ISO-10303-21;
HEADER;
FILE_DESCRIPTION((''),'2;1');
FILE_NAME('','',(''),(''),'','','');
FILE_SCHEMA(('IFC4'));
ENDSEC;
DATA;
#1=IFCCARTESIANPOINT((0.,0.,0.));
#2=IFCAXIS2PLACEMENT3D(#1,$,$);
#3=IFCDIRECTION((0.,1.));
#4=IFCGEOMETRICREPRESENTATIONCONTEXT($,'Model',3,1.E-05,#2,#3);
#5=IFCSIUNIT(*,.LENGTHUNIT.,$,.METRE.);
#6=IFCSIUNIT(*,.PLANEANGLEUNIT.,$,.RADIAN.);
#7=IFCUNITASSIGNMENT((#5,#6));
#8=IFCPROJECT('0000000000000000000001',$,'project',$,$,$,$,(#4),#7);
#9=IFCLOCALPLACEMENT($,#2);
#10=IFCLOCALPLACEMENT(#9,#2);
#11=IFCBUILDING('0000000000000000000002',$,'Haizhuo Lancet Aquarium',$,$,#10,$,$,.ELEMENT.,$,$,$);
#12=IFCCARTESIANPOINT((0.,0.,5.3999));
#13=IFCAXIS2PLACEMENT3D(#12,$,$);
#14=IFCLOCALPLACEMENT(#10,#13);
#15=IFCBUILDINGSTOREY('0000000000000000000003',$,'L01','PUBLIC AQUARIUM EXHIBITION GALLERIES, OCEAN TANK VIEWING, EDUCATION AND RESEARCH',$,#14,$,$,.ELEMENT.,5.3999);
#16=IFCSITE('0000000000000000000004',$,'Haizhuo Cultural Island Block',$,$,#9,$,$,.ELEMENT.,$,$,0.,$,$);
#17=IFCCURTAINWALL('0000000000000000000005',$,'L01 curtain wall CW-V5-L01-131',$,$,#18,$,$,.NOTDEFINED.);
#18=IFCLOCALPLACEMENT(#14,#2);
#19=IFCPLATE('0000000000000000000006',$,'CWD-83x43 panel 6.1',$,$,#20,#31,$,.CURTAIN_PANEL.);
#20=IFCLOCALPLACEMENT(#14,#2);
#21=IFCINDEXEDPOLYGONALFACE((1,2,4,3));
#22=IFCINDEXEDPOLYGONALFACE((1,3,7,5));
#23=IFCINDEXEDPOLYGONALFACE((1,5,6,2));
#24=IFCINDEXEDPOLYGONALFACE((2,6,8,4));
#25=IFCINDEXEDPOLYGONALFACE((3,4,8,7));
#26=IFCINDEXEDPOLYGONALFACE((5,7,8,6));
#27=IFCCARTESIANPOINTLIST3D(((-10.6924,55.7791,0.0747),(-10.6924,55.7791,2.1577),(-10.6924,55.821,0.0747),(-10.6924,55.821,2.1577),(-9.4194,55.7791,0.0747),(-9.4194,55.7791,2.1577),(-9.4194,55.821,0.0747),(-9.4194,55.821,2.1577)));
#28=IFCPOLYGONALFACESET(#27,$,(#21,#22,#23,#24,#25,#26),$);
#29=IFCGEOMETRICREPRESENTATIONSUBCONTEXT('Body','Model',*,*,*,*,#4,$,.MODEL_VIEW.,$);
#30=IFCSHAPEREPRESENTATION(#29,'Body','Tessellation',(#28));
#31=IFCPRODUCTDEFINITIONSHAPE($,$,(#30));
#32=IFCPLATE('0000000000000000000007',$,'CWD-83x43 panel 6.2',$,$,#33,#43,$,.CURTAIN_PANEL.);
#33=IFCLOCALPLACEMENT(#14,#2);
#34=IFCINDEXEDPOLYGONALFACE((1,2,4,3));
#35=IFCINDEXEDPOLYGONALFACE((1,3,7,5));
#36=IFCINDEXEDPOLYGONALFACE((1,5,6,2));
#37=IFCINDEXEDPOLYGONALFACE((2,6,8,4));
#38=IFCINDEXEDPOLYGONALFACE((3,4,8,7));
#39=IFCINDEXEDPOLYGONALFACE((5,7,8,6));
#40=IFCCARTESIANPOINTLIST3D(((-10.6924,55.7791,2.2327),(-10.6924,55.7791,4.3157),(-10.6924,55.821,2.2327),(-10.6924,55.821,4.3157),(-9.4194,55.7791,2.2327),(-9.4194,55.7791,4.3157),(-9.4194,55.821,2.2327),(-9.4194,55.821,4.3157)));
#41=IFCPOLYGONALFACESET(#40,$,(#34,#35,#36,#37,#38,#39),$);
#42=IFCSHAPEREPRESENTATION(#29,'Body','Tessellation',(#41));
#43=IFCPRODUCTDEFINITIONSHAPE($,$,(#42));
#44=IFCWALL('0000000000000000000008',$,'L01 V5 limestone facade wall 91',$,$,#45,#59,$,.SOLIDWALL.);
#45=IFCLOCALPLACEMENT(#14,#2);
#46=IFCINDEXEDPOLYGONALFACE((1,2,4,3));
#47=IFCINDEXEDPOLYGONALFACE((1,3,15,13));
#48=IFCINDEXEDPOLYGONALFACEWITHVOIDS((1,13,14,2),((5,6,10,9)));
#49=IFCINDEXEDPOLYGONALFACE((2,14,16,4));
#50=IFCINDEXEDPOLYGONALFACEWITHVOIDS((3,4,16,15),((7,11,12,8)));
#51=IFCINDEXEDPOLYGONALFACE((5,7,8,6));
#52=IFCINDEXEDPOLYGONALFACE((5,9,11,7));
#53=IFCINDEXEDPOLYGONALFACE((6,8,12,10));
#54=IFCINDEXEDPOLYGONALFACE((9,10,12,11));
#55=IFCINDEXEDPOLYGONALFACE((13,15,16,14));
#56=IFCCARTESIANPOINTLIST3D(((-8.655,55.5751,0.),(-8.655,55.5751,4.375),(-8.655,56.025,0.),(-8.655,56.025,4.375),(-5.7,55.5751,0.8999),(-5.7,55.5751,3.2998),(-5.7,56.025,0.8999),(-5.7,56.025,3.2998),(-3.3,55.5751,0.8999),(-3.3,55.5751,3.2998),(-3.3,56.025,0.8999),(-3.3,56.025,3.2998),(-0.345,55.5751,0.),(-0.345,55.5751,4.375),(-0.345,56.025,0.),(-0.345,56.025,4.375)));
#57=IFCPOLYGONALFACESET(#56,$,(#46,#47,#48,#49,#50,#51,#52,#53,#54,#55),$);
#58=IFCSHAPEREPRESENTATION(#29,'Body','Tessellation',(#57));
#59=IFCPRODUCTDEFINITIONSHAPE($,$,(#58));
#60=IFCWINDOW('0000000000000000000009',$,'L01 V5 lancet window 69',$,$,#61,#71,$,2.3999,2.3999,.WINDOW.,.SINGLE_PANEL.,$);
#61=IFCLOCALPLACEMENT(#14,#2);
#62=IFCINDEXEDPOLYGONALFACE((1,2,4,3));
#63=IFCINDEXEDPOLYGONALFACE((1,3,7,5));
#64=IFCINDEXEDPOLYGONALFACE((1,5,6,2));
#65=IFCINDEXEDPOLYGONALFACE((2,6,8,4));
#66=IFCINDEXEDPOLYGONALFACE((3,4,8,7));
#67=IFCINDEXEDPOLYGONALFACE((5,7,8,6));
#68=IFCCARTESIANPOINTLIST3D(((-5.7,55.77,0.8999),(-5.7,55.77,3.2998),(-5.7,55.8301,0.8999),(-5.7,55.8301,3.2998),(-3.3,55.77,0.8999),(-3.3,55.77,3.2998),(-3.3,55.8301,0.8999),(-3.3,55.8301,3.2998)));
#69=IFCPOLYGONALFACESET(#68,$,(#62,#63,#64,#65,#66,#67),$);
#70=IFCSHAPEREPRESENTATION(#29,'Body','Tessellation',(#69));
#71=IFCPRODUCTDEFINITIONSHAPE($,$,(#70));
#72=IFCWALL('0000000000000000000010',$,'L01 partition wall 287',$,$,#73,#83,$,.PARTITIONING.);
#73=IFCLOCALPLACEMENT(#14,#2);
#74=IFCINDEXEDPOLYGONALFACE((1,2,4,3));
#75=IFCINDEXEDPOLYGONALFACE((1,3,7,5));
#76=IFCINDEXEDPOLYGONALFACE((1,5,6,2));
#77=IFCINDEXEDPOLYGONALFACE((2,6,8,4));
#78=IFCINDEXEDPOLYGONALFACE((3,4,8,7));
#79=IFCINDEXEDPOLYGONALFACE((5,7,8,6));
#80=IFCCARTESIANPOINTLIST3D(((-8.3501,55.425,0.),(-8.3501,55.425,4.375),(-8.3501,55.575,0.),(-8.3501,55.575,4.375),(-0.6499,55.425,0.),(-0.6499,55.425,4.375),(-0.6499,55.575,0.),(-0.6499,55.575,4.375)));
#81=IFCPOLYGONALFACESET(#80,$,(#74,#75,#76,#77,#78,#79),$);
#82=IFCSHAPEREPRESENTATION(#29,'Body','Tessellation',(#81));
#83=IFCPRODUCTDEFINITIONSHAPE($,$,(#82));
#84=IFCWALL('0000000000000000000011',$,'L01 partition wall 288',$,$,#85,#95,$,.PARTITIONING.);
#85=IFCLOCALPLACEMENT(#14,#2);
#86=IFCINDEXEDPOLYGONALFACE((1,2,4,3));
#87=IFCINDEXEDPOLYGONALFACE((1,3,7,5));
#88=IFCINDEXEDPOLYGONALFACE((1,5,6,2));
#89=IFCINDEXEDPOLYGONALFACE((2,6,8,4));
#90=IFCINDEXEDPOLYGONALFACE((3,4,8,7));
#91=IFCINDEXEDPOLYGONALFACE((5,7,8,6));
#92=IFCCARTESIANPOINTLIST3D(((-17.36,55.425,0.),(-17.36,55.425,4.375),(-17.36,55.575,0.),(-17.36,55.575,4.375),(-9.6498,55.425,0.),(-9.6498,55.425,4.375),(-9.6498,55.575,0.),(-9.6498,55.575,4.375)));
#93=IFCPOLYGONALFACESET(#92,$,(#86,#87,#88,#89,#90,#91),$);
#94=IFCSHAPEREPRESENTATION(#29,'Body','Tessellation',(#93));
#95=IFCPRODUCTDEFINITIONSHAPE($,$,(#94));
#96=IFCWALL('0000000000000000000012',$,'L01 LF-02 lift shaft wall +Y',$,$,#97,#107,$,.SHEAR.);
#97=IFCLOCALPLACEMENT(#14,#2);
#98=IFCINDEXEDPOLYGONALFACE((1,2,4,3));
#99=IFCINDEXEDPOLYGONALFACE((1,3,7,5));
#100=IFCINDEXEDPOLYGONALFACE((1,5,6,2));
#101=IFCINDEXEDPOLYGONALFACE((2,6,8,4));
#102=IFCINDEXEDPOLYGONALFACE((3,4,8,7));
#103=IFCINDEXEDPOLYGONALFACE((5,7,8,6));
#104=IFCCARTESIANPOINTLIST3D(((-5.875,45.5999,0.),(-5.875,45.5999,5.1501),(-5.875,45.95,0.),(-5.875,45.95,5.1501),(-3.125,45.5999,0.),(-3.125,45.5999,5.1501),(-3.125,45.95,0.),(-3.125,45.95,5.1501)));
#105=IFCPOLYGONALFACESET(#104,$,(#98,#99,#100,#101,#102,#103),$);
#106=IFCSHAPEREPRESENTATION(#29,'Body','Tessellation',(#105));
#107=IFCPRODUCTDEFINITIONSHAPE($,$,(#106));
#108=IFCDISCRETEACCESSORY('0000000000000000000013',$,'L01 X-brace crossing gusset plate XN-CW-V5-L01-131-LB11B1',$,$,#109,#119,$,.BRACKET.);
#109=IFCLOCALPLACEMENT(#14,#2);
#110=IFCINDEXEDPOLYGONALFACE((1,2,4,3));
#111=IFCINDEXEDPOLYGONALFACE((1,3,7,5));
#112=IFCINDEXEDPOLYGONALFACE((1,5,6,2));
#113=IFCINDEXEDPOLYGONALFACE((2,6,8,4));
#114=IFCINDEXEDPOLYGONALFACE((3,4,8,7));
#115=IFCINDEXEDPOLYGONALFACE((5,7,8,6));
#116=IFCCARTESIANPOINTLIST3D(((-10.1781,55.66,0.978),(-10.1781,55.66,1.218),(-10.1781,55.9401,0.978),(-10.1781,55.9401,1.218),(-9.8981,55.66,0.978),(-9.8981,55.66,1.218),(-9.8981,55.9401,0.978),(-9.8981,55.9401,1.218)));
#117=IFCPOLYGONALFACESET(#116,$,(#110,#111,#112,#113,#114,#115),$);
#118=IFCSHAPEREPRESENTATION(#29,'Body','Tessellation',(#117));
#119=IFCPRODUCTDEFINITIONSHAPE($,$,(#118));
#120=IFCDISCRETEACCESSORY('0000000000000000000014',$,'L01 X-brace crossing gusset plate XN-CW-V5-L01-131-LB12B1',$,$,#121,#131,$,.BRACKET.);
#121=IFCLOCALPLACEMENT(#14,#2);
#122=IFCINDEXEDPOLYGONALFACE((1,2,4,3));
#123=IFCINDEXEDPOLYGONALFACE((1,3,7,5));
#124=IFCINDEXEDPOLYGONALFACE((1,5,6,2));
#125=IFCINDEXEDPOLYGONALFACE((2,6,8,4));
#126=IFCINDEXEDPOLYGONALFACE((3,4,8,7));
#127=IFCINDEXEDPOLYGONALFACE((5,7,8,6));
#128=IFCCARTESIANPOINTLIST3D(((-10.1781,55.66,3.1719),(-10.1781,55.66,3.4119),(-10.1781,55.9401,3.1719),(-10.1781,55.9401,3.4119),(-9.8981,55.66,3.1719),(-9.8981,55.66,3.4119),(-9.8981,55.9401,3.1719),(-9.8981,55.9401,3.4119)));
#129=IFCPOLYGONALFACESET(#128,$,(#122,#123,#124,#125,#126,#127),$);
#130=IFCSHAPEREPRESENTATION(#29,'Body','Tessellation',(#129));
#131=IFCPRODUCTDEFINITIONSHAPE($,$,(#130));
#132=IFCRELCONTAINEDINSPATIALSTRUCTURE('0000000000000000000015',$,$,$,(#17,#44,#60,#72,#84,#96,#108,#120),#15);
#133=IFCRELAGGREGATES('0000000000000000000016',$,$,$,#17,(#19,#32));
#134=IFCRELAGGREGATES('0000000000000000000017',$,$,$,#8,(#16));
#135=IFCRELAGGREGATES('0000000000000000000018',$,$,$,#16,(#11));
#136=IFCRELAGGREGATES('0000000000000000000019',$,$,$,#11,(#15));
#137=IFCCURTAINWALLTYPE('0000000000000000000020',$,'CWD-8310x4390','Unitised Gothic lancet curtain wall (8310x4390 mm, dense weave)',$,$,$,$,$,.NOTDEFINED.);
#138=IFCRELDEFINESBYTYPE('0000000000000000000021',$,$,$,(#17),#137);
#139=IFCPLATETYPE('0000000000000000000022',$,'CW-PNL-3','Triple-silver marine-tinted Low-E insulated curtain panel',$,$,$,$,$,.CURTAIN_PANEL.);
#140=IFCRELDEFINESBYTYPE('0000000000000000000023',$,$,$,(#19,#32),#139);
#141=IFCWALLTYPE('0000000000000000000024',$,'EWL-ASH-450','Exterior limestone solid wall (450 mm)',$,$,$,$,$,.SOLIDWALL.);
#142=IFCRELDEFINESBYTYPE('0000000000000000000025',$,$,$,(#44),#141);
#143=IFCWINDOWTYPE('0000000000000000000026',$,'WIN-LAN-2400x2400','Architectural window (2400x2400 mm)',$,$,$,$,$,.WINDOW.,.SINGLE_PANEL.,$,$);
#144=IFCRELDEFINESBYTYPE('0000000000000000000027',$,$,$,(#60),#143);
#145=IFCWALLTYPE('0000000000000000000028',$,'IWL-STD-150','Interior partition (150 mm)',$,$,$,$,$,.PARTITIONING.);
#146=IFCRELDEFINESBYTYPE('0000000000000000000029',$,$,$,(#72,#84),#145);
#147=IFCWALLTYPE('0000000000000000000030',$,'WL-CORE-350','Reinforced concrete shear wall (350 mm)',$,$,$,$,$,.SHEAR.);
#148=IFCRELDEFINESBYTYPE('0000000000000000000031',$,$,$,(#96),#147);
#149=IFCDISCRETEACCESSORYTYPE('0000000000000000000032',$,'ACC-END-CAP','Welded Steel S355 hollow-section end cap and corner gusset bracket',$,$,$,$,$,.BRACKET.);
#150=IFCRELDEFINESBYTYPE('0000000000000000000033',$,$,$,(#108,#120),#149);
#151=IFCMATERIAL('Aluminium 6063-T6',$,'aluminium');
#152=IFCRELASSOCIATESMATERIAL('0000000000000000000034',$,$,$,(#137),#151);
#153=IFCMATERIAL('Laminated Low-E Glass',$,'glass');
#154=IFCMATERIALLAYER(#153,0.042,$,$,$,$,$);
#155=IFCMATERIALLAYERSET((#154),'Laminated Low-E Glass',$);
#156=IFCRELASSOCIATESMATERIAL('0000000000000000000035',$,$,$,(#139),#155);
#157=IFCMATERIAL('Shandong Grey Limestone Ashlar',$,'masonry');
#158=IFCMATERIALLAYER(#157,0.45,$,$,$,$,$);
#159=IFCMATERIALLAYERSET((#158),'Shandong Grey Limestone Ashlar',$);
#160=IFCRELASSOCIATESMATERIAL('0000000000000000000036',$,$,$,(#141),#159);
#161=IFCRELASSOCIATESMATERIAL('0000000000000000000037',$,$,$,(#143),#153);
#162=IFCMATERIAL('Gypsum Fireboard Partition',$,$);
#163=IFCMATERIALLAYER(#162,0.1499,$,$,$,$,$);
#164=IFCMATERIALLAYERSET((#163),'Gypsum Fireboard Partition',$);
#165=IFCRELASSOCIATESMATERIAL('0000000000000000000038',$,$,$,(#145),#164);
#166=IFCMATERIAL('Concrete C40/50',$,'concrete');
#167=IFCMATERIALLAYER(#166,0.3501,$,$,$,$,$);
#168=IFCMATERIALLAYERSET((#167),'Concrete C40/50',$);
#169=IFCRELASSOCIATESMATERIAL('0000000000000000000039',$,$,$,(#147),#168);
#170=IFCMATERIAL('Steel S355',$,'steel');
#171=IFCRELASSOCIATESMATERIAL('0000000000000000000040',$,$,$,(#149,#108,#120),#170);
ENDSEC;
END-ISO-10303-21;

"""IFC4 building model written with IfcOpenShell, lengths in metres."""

from ifc_helpers import new_model, si_unit, direction, frame, frame_2d, origin, origin_2d, place, context, subcontext, project, spatial, rectangle, extrude, material, layer, layer_set, type_object, element, fill, aggregate, save


model = new_model("IFC4")

# Units and contexts
model_context = context("Model", 3, precision=1e-05, world=origin(), true_north=direction((0.0, 1.0)))
body_context = subcontext(model_context, "Body", "Model", "MODEL_VIEW")
ifc_project = project(units=[si_unit("LENGTHUNIT", "METRE"), si_unit("PLANEANGLEUNIT", "RADIAN")], contexts=[model_context])

# Site, building, storey
site_placement = place(None, origin())
site = spatial("IfcSite", under=ifc_project, at=site_placement, Name="Haizhuo Cultural Island Block", CompositionType="ELEMENT", RefElevation=0.0)
building_placement = place(site_placement, origin())
building = spatial("IfcBuilding", under=site, at=building_placement, Name="Haizhuo Lancet Aquarium", CompositionType="ELEMENT")
storey_placement = place(building_placement, frame((0.0, 0.0, 5.3999)))
storey = spatial("IfcBuildingStorey", under=building, at=storey_placement, Name="L01", Description="PUBLIC AQUARIUM EXHIBITION GALLERIES, OCEAN TANK VIEWING, EDUCATION AND RESEARCH", CompositionType="ELEMENT", Elevation=5.3999)

# Shared definitions
ifc_material_1 = material(Name="Concrete C40/50", Category="concrete")

# Curtain wall
ifc_material_2 = material(Name="Aluminium 6063-T6", Category="aluminium")
curtain_wall_type = type_object("IfcCurtainWallType", Name="CWD-8310x4390", Description="Unitised Gothic lancet curtain wall (8310x4390 mm, dense weave)", PredefinedType="NOTDEFINED", material=ifc_material_2)
curtain_wall_placement = place(storey_placement, origin())
curtain_wall = element("IfcCurtainWall", 1, at=curtain_wall_placement, inside=storey, type_object=curtain_wall_type, Name="L01 curtain wall CW-V5-L01-131", PredefinedType="NOTDEFINED")

# Shared definitions
ifc_material_3 = material(Name="Steel S355", Category="steel")

# Plates
ifc_material_4 = material(Name="Laminated Low-E Glass", Category="glass")
ifc_layer_1 = layer(ifc_material_4, 0.042)
ifc_layer_set_1 = layer_set([ifc_layer_1], Name="Laminated Low-E Glass")
plate_type = type_object("IfcPlateType", Name="CW-PNL-3", Description="Triple-silver marine-tinted Low-E insulated curtain panel", PredefinedType="CURTAIN_PANEL", material=ifc_layer_set_1)
plate_1_placement = place(storey_placement, frame((-10.0559, 55.8, 0.0747), z_axis=(0.0, 0.0, 1.0), x_axis=(1.0, 0.0, 0.0)))
plate_1 = element("IfcPlate", 2, at=plate_1_placement, type_object=plate_type, Name="CWD-83x43 panel 6.1", PredefinedType="CURTAIN_PANEL", context=body_context, shape_type="SweptSolid", body=[
    extrude(rectangle(XDim=1.2729, YDim=0.042, at=origin_2d()), origin(), (0.0, 0.0, 1.0), 2.083),
])
plate_2_placement = place(storey_placement, frame((-10.0559, 55.8, 2.2327), z_axis=(0.0, 0.0, 1.0), x_axis=(1.0, 0.0, 0.0)))
plate_2 = element("IfcPlate", 3, at=plate_2_placement, type_object=plate_type, Name="CWD-83x43 panel 6.2", PredefinedType="CURTAIN_PANEL", context=body_context, shape_type="SweptSolid", body=[
    extrude(rectangle(XDim=1.2729, YDim=0.042, at=origin_2d()), origin(), (0.0, 0.0, 1.0), 2.083),
])
aggregate(curtain_wall, [plate_1, plate_2])

# Wall, opening, window
ifc_material_5 = material(Name="Shandong Grey Limestone Ashlar", Category="masonry")
ifc_layer_2 = layer(ifc_material_5, 0.45)
ifc_layer_set_2 = layer_set([ifc_layer_2], Name="Shandong Grey Limestone Ashlar")
wall_type_1 = type_object("IfcWallType", Name="EWL-ASH-450", Description="Exterior limestone solid wall (450 mm)", PredefinedType="SOLIDWALL", material=ifc_layer_set_2)
wall_1_placement = place(storey_placement, frame((-8.655, 55.8, 0.0), z_axis=(0.0, 0.0, 1.0), x_axis=(1.0, 0.0, 0.0)))
wall_1 = element("IfcWall", 4, at=wall_1_placement, inside=storey, type_object=wall_type_1, Name="L01 V5 limestone facade wall 91", PredefinedType="SOLIDWALL", context=body_context, shape_type="SweptSolid", body=[
    extrude(rectangle(XDim=8.3101, YDim=0.45, at=frame_2d((4.155, 0.0))), origin(), (0.0, 0.0, 1.0), 4.375),
])
opening_placement = place(wall_1_placement, frame((2.9551, 0.0, 0.8999)))
opening = element("IfcOpeningElement", 5, at=opening_placement, cuts=wall_1, PredefinedType="OPENING", context=body_context, shape_type="SweptSolid", body=[
    extrude(rectangle(XDim=2.3999, YDim=2.3999, at=frame_2d((1.2, 1.2))), frame((0.0, 0.2349, 0.0), z_axis=(0.0, -1.0, 0.0), x_axis=(1.0, 0.0, 0.0)), (0.0, 0.0, 1.0), 0.47),
])
window_type = type_object("IfcWindowType", Name="WIN-LAN-2400x2400", Description="Architectural window (2400x2400 mm)", PartitioningType="SINGLE_PANEL", PredefinedType="WINDOW", material=ifc_material_4)
window_placement = place(opening_placement, origin())
window = element("IfcWindow", 6, at=window_placement, inside=storey, type_object=window_type, Name="L01 V5 lancet window 69", OverallHeight=2.3999, OverallWidth=2.3999, PartitioningType="SINGLE_PANEL", PredefinedType="WINDOW", context=body_context, shape_type="SweptSolid", body=[
    extrude(rectangle(XDim=2.3999, YDim=2.3999, at=frame_2d((1.2, 1.2))), frame((0.0, 0.03, 0.0), z_axis=(0.0, -1.0, 0.0), x_axis=(1.0, 0.0, 0.0)), (0.0, 0.0, 1.0), 0.0601),
])
fill(opening, window)

# Walls
ifc_material_6 = material(Name="Gypsum Fireboard Partition")
ifc_layer_3 = layer(ifc_material_6, 0.1499)
ifc_layer_set_3 = layer_set([ifc_layer_3], Name="Gypsum Fireboard Partition")
wall_type_2 = type_object("IfcWallType", Name="IWL-STD-150", Description="Interior partition (150 mm)", PredefinedType="PARTITIONING", material=ifc_layer_set_3)
wall_2_placement = place(storey_placement, frame((-0.6499, 55.5, 0.0), z_axis=(0.0, 0.0, 1.0), x_axis=(-1.0, 0.0, 0.0)))
element("IfcWall", 7, at=wall_2_placement, inside=storey, type_object=wall_type_2, Name="L01 partition wall 287", PredefinedType="PARTITIONING", context=body_context, shape_type="SweptSolid", body=[
    extrude(rectangle(XDim=7.7002, YDim=0.1499, at=frame_2d((3.8501, 0.0))), origin(), (0.0, 0.0, 1.0), 4.375),
])
wall_3_placement = place(storey_placement, frame((-9.6499, 55.5, 0.0), z_axis=(0.0, 0.0, 1.0), x_axis=(-1.0, 0.0, 0.0)))
element("IfcWall", 8, at=wall_3_placement, inside=storey, type_object=wall_type_2, Name="L01 partition wall 288", PredefinedType="PARTITIONING", context=body_context, shape_type="SweptSolid", body=[
    extrude(rectangle(XDim=7.7102, YDim=0.1499, at=frame_2d((3.855, 0.0))), origin(), (0.0, 0.0, 1.0), 4.375),
])
ifc_layer_4 = layer(ifc_material_1, 0.3501)
ifc_layer_set_4 = layer_set([ifc_layer_4], Name="Concrete C40/50")
wall_type_3 = type_object("IfcWallType", Name="WL-CORE-350", Description="Reinforced concrete shear wall (350 mm)", PredefinedType="SHEAR", material=ifc_layer_set_4)
wall_4_placement = place(storey_placement, frame((-3.125, 45.7749, 0.0), z_axis=(0.0, 0.0, 1.0), x_axis=(-1.0, 0.0, 0.0)))
element("IfcWall", 9, at=wall_4_placement, inside=storey, type_object=wall_type_3, Name="L01 LF-02 lift shaft wall +Y", PredefinedType="SHEAR", context=body_context, shape_type="SweptSolid", body=[
    extrude(rectangle(XDim=2.75, YDim=0.3501, at=frame_2d((1.375, 0.0))), origin(), (0.0, 0.0, 1.0), 5.1501),
])

# Discrete accessories
discrete_accessory_type = type_object("IfcDiscreteAccessoryType", Name="ACC-END-CAP", Description="Welded Steel S355 hollow-section end cap and corner gusset bracket", PredefinedType="BRACKET", material=ifc_material_3)
for number, where, z_axis, x_axis, name in (
    (10, (-10.0381, 55.8, 0.978), (0.0, 0.0, 1.0), (1.0, 0.0, 0.0), "L01 X-brace crossing gusset plate XN-CW-V5-L01-131-LB11B1"),
    (11, (-10.0381, 55.8, 3.1719), (0.0, 0.0, 1.0), (1.0, 0.0, 0.0), "L01 X-brace crossing gusset plate XN-CW-V5-L01-131-LB12B1"),
):
    element("IfcDiscreteAccessory", number, at=place(storey_placement, frame(where, z_axis=z_axis, x_axis=x_axis)), inside=storey, type_object=discrete_accessory_type, material=ifc_material_3, Name=name, PredefinedType="BRACKET", context=body_context, shape_type="SweptSolid", body=[
        extrude(rectangle(XDim=0.28, YDim=0.28, at=origin_2d()), origin(), (0.0, 0.0, 1.0), 0.24),
    ])

save(model, "model.ifc")
